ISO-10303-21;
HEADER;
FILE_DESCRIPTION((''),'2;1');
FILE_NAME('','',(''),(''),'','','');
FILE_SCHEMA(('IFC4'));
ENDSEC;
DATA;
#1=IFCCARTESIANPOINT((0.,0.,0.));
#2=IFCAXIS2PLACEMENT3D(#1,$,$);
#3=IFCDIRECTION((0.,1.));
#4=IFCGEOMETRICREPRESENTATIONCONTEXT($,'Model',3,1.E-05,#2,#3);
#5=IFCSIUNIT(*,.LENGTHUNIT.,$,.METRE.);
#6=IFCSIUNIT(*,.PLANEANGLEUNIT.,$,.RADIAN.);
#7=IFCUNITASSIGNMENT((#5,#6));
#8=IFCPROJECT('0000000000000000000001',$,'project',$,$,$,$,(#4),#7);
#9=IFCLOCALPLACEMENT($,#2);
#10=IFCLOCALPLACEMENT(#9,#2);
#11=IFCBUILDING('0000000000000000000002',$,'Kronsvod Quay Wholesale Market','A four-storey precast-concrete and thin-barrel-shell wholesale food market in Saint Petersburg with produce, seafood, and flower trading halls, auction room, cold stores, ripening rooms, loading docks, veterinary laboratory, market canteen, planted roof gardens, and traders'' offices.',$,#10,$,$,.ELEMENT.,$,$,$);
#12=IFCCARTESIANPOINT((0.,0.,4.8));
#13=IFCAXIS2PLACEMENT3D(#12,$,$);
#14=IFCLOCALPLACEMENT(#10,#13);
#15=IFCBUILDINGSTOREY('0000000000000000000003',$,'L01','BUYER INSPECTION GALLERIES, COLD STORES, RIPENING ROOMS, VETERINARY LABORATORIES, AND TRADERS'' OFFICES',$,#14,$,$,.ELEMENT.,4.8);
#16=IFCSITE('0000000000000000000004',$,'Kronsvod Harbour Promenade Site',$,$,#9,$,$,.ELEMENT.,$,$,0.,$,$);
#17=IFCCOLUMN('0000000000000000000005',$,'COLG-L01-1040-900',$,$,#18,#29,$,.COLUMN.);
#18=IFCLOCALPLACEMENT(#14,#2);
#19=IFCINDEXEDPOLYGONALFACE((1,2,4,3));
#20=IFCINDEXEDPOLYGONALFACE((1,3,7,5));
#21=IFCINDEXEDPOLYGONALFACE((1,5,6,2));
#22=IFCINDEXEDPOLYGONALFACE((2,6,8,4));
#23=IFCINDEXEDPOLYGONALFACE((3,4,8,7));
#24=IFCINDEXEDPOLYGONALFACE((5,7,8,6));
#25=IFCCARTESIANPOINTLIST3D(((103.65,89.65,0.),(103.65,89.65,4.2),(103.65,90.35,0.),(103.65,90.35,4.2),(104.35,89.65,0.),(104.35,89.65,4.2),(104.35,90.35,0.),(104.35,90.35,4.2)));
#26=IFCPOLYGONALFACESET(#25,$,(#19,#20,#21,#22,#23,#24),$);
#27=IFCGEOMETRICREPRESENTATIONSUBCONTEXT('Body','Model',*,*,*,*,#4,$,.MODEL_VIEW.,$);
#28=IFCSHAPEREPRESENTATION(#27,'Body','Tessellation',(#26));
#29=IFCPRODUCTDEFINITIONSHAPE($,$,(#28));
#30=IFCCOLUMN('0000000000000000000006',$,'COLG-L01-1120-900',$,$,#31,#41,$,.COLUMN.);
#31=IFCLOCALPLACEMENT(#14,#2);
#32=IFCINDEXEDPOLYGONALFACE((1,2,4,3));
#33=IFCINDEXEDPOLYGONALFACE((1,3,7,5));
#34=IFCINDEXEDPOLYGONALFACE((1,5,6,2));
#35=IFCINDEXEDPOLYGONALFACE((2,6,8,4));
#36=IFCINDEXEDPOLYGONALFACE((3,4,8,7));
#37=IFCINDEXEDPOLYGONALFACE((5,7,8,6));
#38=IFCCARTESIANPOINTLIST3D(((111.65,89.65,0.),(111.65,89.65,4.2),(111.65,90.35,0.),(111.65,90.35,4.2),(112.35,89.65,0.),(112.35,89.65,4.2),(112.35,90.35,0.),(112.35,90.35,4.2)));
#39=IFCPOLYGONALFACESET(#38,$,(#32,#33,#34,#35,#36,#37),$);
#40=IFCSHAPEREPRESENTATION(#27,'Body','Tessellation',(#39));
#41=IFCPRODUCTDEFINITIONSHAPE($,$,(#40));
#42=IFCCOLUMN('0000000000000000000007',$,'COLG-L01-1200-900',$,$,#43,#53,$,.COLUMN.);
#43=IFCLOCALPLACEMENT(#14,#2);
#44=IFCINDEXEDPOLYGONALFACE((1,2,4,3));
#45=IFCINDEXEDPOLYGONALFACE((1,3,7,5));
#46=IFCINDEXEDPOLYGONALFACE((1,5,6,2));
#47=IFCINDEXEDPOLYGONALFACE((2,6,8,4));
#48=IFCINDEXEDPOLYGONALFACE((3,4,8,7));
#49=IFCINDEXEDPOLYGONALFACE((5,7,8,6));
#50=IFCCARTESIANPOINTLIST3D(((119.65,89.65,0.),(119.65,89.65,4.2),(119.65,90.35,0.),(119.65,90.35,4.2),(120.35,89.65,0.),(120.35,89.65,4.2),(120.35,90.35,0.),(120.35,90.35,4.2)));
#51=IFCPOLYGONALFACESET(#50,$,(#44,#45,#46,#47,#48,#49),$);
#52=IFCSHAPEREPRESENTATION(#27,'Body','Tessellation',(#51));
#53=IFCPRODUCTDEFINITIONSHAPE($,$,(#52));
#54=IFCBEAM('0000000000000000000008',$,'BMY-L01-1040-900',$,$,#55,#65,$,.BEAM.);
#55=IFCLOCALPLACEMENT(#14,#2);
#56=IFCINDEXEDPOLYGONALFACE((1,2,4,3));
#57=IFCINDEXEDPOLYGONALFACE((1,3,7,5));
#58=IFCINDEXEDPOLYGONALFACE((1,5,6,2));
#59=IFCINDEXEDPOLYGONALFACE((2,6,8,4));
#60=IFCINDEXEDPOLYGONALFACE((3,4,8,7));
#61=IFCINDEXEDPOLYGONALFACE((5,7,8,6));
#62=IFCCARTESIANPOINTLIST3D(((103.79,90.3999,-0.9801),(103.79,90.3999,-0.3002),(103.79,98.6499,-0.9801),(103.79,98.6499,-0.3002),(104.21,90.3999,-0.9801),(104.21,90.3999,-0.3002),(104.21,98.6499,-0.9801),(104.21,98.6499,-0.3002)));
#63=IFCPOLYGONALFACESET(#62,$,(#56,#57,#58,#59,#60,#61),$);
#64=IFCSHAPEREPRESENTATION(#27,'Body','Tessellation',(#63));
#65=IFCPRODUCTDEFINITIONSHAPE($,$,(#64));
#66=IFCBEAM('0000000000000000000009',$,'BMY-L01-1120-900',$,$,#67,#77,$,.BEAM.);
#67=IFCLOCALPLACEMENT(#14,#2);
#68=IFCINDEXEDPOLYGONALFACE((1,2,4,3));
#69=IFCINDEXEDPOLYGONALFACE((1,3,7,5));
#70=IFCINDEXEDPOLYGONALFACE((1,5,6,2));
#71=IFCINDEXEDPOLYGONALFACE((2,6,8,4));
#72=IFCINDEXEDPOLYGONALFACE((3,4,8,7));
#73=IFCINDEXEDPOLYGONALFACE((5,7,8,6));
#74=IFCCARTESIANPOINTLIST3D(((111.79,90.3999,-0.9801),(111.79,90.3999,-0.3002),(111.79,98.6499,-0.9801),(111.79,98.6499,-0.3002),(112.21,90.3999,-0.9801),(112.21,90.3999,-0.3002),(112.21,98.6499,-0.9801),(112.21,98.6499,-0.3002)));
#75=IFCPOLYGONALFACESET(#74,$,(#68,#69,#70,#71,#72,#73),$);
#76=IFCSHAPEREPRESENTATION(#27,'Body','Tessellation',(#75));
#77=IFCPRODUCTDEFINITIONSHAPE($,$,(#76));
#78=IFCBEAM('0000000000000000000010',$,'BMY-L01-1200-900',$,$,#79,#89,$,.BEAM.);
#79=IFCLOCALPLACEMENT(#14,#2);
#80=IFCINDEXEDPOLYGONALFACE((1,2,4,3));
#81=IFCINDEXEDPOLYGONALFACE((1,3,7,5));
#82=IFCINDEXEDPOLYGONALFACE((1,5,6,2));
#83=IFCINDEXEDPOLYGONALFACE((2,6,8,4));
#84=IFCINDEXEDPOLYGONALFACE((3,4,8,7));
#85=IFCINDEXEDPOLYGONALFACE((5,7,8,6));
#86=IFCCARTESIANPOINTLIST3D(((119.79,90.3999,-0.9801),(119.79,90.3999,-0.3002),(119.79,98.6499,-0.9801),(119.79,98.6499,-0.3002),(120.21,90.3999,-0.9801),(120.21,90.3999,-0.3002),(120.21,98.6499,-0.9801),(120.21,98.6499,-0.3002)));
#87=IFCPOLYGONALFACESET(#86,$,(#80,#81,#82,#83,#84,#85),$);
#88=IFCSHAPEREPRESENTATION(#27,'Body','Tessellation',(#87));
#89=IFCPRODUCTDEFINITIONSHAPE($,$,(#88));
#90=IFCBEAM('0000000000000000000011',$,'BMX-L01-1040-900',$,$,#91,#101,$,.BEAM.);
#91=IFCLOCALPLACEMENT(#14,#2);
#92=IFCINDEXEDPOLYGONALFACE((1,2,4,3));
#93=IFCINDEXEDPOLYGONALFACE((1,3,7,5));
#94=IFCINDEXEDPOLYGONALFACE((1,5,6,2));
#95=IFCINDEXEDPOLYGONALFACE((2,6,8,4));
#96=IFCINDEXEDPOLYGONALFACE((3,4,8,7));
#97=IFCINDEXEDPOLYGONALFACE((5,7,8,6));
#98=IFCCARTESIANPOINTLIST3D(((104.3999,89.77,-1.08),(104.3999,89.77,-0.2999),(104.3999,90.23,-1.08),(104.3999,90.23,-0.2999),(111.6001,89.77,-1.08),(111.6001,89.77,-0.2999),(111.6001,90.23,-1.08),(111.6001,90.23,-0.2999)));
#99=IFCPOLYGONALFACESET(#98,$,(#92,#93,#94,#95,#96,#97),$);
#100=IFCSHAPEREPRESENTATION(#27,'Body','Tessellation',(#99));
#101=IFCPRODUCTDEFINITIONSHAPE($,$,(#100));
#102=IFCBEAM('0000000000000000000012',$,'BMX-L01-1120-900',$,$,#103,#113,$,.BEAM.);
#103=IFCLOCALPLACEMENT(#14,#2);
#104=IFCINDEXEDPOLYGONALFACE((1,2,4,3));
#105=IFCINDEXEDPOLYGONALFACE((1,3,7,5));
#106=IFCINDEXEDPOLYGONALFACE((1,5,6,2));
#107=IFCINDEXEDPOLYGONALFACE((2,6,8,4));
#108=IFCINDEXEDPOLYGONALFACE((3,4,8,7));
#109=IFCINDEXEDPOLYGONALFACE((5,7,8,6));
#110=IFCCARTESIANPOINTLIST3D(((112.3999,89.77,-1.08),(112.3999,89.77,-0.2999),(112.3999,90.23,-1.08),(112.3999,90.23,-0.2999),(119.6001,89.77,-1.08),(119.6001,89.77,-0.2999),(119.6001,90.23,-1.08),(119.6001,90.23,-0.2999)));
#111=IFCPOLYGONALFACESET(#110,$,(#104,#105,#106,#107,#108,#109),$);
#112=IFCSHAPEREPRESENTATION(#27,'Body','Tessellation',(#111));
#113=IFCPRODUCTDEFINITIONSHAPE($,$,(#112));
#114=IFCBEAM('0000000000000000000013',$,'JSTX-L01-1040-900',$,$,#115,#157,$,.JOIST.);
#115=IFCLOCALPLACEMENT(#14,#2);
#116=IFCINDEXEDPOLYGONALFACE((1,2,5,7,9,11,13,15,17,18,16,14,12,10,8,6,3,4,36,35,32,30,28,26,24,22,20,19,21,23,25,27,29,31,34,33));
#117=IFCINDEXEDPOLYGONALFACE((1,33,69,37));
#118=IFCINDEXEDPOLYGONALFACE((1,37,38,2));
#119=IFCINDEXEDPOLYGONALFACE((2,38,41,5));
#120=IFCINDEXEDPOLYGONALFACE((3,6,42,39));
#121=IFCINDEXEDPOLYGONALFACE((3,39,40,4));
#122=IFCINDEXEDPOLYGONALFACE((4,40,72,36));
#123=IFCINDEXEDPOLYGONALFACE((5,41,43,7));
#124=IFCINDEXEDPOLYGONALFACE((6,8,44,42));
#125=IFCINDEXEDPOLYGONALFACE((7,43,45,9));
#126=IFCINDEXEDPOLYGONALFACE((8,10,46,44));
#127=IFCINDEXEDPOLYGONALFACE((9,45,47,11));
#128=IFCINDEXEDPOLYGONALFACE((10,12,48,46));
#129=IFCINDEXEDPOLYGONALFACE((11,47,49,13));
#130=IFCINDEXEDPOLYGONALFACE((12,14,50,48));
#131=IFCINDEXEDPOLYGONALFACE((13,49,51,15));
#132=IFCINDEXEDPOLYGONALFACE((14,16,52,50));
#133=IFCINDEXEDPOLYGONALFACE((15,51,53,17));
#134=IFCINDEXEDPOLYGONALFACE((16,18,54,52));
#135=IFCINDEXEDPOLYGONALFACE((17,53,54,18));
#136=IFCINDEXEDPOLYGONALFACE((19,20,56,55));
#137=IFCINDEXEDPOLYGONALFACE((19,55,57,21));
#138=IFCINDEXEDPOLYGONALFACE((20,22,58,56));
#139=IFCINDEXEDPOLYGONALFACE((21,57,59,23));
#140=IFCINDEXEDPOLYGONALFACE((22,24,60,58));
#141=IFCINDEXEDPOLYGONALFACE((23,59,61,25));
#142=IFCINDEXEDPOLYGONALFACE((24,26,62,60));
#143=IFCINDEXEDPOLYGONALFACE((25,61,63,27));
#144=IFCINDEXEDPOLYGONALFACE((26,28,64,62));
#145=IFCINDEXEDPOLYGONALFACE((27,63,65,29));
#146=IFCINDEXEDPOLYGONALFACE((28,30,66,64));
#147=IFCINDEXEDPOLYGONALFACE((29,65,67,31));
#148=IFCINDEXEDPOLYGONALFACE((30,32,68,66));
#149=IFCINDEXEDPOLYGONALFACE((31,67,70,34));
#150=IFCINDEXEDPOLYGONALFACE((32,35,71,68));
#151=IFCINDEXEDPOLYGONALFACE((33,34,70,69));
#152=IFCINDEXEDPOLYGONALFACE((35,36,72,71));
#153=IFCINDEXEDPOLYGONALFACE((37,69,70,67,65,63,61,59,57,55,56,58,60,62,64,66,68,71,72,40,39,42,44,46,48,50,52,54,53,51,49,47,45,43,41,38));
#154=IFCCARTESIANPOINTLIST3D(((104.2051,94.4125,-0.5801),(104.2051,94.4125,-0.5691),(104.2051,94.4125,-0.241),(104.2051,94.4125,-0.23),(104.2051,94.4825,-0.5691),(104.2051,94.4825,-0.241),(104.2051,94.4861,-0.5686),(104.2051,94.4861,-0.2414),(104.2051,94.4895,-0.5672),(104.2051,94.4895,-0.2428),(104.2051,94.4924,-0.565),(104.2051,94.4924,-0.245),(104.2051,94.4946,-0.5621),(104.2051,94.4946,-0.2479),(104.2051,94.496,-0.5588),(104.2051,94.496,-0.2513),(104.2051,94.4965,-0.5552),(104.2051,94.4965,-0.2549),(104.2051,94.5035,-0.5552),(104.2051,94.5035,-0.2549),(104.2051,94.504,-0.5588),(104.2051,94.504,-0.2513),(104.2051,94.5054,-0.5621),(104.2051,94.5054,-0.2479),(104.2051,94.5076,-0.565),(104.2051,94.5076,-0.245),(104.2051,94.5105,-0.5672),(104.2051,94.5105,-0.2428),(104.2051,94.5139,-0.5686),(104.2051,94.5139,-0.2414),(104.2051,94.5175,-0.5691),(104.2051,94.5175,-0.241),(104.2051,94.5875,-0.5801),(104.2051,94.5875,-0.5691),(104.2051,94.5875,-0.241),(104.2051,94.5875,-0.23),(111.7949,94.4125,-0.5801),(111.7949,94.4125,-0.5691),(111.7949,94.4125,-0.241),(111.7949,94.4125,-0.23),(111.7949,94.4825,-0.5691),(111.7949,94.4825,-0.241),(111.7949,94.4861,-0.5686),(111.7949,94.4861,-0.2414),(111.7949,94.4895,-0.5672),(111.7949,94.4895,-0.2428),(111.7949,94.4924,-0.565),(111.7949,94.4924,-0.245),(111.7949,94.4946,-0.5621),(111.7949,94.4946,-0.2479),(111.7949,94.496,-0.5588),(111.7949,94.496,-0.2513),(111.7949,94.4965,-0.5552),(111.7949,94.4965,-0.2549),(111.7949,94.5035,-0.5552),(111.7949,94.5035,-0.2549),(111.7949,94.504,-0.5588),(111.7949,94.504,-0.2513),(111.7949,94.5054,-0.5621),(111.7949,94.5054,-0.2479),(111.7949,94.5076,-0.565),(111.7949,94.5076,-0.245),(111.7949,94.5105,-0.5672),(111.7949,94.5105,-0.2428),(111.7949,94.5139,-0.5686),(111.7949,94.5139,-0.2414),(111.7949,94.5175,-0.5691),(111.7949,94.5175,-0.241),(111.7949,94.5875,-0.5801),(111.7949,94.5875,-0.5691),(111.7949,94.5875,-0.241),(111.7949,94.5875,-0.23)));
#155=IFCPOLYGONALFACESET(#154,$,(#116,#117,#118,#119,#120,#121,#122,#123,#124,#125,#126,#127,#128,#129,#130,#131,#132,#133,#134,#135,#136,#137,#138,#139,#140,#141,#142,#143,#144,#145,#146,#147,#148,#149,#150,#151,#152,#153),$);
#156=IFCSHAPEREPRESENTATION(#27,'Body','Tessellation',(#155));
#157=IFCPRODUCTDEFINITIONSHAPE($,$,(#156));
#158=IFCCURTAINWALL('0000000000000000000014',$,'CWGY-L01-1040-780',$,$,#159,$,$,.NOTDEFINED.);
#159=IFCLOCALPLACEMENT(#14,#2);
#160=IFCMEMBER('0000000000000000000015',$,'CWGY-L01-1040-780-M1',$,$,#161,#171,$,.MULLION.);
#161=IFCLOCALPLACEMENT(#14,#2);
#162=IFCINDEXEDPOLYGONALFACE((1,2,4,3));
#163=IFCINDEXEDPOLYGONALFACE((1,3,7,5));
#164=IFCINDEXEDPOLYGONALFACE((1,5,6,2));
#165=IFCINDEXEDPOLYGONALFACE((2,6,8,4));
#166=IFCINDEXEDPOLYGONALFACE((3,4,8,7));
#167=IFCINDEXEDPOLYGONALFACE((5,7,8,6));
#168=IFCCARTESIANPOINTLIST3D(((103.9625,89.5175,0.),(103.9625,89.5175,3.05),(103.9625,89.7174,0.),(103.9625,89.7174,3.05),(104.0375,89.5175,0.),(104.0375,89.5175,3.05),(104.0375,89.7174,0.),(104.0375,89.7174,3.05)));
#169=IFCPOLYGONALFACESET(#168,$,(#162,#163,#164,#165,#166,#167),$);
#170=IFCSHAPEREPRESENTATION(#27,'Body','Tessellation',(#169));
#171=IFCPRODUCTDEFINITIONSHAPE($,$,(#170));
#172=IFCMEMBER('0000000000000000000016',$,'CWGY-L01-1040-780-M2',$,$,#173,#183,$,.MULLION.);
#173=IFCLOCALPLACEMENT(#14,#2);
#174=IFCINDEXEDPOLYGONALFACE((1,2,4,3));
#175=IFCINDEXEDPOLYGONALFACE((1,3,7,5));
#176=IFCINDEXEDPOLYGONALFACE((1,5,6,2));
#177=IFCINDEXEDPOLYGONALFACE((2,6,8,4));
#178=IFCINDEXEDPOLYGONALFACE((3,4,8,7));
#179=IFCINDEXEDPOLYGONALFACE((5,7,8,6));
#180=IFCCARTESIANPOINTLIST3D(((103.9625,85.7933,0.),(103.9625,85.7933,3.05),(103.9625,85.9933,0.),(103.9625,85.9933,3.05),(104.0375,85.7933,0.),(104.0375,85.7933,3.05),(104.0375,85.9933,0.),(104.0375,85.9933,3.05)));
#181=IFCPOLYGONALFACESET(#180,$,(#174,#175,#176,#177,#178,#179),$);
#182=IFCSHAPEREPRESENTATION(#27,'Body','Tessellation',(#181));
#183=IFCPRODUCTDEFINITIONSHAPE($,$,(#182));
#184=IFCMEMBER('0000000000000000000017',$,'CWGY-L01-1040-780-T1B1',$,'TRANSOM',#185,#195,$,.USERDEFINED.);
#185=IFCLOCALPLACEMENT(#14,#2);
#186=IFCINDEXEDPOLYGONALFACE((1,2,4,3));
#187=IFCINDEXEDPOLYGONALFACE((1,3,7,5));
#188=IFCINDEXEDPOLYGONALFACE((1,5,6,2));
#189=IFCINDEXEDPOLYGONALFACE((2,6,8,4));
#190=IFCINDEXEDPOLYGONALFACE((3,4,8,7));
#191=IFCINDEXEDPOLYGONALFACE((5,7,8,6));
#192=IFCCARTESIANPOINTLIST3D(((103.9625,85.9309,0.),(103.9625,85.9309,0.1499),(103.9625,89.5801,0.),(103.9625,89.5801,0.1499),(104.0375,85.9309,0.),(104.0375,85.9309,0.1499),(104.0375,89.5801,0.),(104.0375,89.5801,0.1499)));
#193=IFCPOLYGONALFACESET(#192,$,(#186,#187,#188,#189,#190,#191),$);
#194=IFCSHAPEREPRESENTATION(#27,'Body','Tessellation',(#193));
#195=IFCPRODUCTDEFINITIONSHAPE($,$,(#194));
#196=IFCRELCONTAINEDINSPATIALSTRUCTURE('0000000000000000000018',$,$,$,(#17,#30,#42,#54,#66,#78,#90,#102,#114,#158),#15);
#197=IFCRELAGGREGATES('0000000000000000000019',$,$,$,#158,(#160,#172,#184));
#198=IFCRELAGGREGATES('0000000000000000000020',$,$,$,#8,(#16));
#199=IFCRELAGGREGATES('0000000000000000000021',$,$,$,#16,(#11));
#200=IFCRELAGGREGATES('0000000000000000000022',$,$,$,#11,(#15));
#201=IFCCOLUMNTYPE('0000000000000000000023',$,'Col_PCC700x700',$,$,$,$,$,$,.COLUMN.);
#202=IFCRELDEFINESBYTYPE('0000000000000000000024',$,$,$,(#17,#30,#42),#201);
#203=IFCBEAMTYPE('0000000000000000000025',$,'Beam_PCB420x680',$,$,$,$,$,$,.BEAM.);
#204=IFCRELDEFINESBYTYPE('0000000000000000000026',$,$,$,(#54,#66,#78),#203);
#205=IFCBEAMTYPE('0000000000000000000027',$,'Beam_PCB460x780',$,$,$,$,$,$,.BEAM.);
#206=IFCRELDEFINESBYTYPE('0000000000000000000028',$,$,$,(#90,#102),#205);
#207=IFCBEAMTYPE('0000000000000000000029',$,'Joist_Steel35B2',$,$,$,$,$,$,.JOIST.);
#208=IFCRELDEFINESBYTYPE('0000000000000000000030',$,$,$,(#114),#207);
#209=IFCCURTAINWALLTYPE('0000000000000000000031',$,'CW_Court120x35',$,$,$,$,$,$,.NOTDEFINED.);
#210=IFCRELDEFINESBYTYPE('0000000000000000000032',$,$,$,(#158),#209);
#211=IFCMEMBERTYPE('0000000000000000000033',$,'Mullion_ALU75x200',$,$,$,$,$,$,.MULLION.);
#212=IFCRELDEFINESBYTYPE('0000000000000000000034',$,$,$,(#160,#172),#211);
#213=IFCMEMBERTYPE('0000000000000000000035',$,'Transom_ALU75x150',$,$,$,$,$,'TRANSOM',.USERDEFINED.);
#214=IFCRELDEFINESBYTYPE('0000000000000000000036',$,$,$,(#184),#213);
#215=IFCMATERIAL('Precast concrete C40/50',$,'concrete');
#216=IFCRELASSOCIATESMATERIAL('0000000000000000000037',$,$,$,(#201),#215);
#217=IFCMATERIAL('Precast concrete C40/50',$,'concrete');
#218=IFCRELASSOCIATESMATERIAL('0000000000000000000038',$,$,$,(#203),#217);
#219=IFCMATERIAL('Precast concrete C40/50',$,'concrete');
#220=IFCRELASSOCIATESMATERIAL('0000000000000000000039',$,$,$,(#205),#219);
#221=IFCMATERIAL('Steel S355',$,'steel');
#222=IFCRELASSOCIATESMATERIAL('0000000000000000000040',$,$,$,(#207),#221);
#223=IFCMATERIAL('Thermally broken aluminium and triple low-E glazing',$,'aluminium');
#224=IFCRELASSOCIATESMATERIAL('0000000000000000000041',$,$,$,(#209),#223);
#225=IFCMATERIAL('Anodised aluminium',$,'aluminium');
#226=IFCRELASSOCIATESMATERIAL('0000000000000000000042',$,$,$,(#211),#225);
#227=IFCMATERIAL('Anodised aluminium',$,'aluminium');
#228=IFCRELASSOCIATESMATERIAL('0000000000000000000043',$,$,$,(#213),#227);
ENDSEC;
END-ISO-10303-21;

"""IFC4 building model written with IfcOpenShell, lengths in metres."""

from ifc_helpers import new_model, si_unit, direction, frame, origin, origin_2d, place, context, subcontext, project, spatial, rectangle, i_section, extrude, material, material_profile, profile_set, type_object, element, aggregate, save


model = new_model("IFC4")

# Units and contexts
model_context = context("Model", 3, precision=1e-05, world=origin(), true_north=direction((0.0, 1.0)))
body_context = subcontext(model_context, "Body", "Model", "MODEL_VIEW")
ifc_project = project(units=[si_unit("LENGTHUNIT", "METRE"), si_unit("PLANEANGLEUNIT", "RADIAN")], contexts=[model_context])

# Site, building, storey
site_placement = place(None, origin())
site = spatial("IfcSite", under=ifc_project, at=site_placement, Name="Kronsvod Harbour Promenade Site", CompositionType="ELEMENT", RefElevation=0.0)
building_placement = place(site_placement, origin())
building = spatial("IfcBuilding", under=site, at=building_placement, Name="Kronsvod Quay Wholesale Market", Description="A four-storey precast-concrete and thin-barrel-shell wholesale food market in Saint Petersburg with produce, seafood, and flower trading halls, auction room, cold stores, ripening rooms, loading docks, veterinary laboratory, market canteen, planted roof gardens, and traders' offices.", CompositionType="ELEMENT")
storey_placement = place(building_placement, frame((0.0, 0.0, 4.8)))
storey = spatial("IfcBuildingStorey", under=building, at=storey_placement, Name="L01", Description="BUYER INSPECTION GALLERIES, COLD STORES, RIPENING ROOMS, VETERINARY LABORATORIES, AND TRADERS' OFFICES", CompositionType="ELEMENT", Elevation=4.8)

# Columns
ifc_material_1 = material(Name="Precast concrete C40/50", Category="concrete")
ifc_material_profile_1 = material_profile(ifc_material_1, rectangle(XDim=0.7, YDim=0.7, at=origin_2d()), Name="PCC700x700")
ifc_profile_set_1 = profile_set([ifc_material_profile_1], Name="Precast concrete C40/50")
column_type = type_object("IfcColumnType", Name="Col_PCC700x700", PredefinedType="COLUMN", material=ifc_profile_set_1)
for number, where, z_axis, x_axis, name in (
    (1, (104.0, 90.0, 0.0), (0.0, 0.0, 1.0), (1.0, 0.0, 0.0), "COLG-L01-1040-900"),
    (2, (112.0, 90.0, 0.0), (0.0, 0.0, 1.0), (1.0, 0.0, 0.0), "COLG-L01-1120-900"),
    (3, (120.0, 90.0, 0.0), (0.0, 0.0, 1.0), (1.0, 0.0, 0.0), "COLG-L01-1200-900"),
):
    element("IfcColumn", number, at=place(storey_placement, frame(where, z_axis=z_axis, x_axis=x_axis)), inside=storey, type_object=column_type, Name=name, PredefinedType="COLUMN", context=body_context, shape_type="SweptSolid", body=[
        extrude(rectangle(XDim=0.7, YDim=0.7, at=origin_2d()), origin(), (0.0, 0.0, 1.0), 4.2),
    ])

# Beams
ifc_material_2 = material(Name="Precast concrete C40/50", Category="concrete")
ifc_material_profile_2 = material_profile(ifc_material_2, rectangle(XDim=0.4199, YDim=0.6799, at=origin_2d()), Name="PB-05")
ifc_profile_set_2 = profile_set([ifc_material_profile_2], Name="Precast concrete C40/50")
beam_type_1 = type_object("IfcBeamType", Name="Beam_PCB420x680", PredefinedType="BEAM", material=ifc_profile_set_2)
for number, where, z_axis, x_axis, name in (
    (4, (104.0, 90.3999, -0.6401), (0.0, 1.0, 0.0), (-1.0, 0.0, 0.0), "BMY-L01-1040-900"),
    (5, (112.0, 90.3999, -0.6401), (0.0, 1.0, 0.0), (-1.0, 0.0, 0.0), "BMY-L01-1120-900"),
    (6, (120.0, 90.3999, -0.6401), (0.0, 1.0, 0.0), (-1.0, 0.0, 0.0), "BMY-L01-1200-900"),
):
    element("IfcBeam", number, at=place(storey_placement, frame(where, z_axis=z_axis, x_axis=x_axis)), inside=storey, type_object=beam_type_1, Name=name, PredefinedType="BEAM", context=body_context, shape_type="SweptSolid", body=[
        extrude(rectangle(XDim=0.4199, YDim=0.6799, at=origin_2d()), origin(), (0.0, 0.0, 1.0), 8.25),
    ])
ifc_material_3 = material(Name="Precast concrete C40/50", Category="concrete")
ifc_material_profile_3 = material_profile(ifc_material_3, rectangle(XDim=0.46, YDim=0.78, at=origin_2d()), Name="PB-03")
ifc_profile_set_3 = profile_set([ifc_material_profile_3], Name="Precast concrete C40/50")
beam_type_2 = type_object("IfcBeamType", Name="Beam_PCB460x780", PredefinedType="BEAM", material=ifc_profile_set_3)
for number, where, z_axis, x_axis, name in (
    (7, (104.3999, 90.0, -0.6899), (1.0, 0.0, 0.0), (0.0, 1.0, 0.0), "BMX-L01-1040-900"),
    (8, (112.3999, 90.0, -0.6899), (1.0, 0.0, 0.0), (0.0, 1.0, 0.0), "BMX-L01-1120-900"),
):
    element("IfcBeam", number, at=place(storey_placement, frame(where, z_axis=z_axis, x_axis=x_axis)), inside=storey, type_object=beam_type_2, Name=name, PredefinedType="BEAM", context=body_context, shape_type="SweptSolid", body=[
        extrude(rectangle(XDim=0.46, YDim=0.78, at=origin_2d()), origin(), (0.0, 0.0, 1.0), 7.2002),
    ])
ifc_material_4 = material(Name="Steel S355", Category="steel")
ifc_material_profile_4 = material_profile(ifc_material_4, i_section(OverallWidth=0.175, OverallDepth=0.3501, WebThickness=0.0071, FlangeThickness=0.011, FilletRadius=0.0139, at=origin_2d()), Name="35B2")
ifc_profile_set_4 = profile_set([ifc_material_profile_4], Name="Steel S355")
beam_type_3 = type_object("IfcBeamType", Name="Joist_Steel35B2", PredefinedType="JOIST", material=ifc_profile_set_4)
beam_placement = place(storey_placement, frame((104.2051, 94.5, -0.405), z_axis=(1.0, 0.0, 0.0), x_axis=(0.0, 1.0, 0.0)))
element("IfcBeam", 9, at=beam_placement, inside=storey, type_object=beam_type_3, Name="JSTX-L01-1040-900", PredefinedType="JOIST", context=body_context, shape_type="SweptSolid", body=[
    extrude(i_section(OverallWidth=0.175, OverallDepth=0.3501, WebThickness=0.0071, FlangeThickness=0.011, FilletRadius=0.0139, at=origin_2d()), origin(), (0.0, 0.0, 1.0), 7.5898),
])

# Curtain wall, members
ifc_material_5 = material(Name="Thermally broken aluminium and triple low-E glazing", Category="aluminium")
curtain_wall_type = type_object("IfcCurtainWallType", Name="CW_Court120x35", PredefinedType="NOTDEFINED", material=ifc_material_5)
curtain_wall_placement = place(storey_placement, origin())
curtain_wall = element("IfcCurtainWall", 10, at=curtain_wall_placement, inside=storey, type_object=curtain_wall_type, Name="CWGY-L01-1040-780", PredefinedType="NOTDEFINED")
ifc_material_6 = material(Name="Anodised aluminium", Category="aluminium")
ifc_material_profile_5 = material_profile(ifc_material_6, rectangle(XDim=0.075, YDim=0.2, at=origin_2d()), Name="ALUM75x200")
ifc_profile_set_5 = profile_set([ifc_material_profile_5], Name="Anodised aluminium")
member_type_1 = type_object("IfcMemberType", Name="Mullion_ALU75x200", PredefinedType="MULLION", material=ifc_profile_set_5)
member_1_placement = place(storey_placement, frame((104.0, 89.6174, 0.0), z_axis=(0.0, 0.0, 1.0), x_axis=(1.0, 0.0, 0.0)))
member_1 = element("IfcMember", 11, at=member_1_placement, type_object=member_type_1, Name="CWGY-L01-1040-780-M1", PredefinedType="MULLION", context=body_context, shape_type="SweptSolid", body=[
    extrude(rectangle(XDim=0.075, YDim=0.2, at=origin_2d()), origin(), (0.0, 0.0, 1.0), 3.05),
])
member_2_placement = place(storey_placement, frame((104.0, 85.8933, 0.0), z_axis=(0.0, 0.0, 1.0), x_axis=(1.0, 0.0, 0.0)))
member_2 = element("IfcMember", 12, at=member_2_placement, type_object=member_type_1, Name="CWGY-L01-1040-780-M2", PredefinedType="MULLION", context=body_context, shape_type="SweptSolid", body=[
    extrude(rectangle(XDim=0.075, YDim=0.2, at=origin_2d()), origin(), (0.0, 0.0, 1.0), 3.05),
])
ifc_material_7 = material(Name="Anodised aluminium", Category="aluminium")
ifc_material_profile_6 = material_profile(ifc_material_7, rectangle(XDim=0.075, YDim=0.1499, at=origin_2d()), Name="ALUT75x150")
ifc_profile_set_6 = profile_set([ifc_material_profile_6], Name="Anodised aluminium")
member_type_2 = type_object("IfcMemberType", Name="Transom_ALU75x150", ElementType="TRANSOM", PredefinedType="USERDEFINED", material=ifc_profile_set_6)
member_3_placement = place(storey_placement, frame((104.0, 89.5801, 0.075), z_axis=(0.0, -1.0, 0.0), x_axis=(1.0, 0.0, 0.0)))
member_3 = element("IfcMember", 13, at=member_3_placement, type_object=member_type_2, Name="CWGY-L01-1040-780-T1B1", ObjectType="TRANSOM", PredefinedType="USERDEFINED", context=body_context, shape_type="SweptSolid", body=[
    extrude(rectangle(XDim=0.075, YDim=0.1499, at=origin_2d()), origin(), (0.0, 0.0, 1.0), 3.6492),
])
aggregate(curtain_wall, [member_1, member_2, member_3])

save(model, "model.ifc")
